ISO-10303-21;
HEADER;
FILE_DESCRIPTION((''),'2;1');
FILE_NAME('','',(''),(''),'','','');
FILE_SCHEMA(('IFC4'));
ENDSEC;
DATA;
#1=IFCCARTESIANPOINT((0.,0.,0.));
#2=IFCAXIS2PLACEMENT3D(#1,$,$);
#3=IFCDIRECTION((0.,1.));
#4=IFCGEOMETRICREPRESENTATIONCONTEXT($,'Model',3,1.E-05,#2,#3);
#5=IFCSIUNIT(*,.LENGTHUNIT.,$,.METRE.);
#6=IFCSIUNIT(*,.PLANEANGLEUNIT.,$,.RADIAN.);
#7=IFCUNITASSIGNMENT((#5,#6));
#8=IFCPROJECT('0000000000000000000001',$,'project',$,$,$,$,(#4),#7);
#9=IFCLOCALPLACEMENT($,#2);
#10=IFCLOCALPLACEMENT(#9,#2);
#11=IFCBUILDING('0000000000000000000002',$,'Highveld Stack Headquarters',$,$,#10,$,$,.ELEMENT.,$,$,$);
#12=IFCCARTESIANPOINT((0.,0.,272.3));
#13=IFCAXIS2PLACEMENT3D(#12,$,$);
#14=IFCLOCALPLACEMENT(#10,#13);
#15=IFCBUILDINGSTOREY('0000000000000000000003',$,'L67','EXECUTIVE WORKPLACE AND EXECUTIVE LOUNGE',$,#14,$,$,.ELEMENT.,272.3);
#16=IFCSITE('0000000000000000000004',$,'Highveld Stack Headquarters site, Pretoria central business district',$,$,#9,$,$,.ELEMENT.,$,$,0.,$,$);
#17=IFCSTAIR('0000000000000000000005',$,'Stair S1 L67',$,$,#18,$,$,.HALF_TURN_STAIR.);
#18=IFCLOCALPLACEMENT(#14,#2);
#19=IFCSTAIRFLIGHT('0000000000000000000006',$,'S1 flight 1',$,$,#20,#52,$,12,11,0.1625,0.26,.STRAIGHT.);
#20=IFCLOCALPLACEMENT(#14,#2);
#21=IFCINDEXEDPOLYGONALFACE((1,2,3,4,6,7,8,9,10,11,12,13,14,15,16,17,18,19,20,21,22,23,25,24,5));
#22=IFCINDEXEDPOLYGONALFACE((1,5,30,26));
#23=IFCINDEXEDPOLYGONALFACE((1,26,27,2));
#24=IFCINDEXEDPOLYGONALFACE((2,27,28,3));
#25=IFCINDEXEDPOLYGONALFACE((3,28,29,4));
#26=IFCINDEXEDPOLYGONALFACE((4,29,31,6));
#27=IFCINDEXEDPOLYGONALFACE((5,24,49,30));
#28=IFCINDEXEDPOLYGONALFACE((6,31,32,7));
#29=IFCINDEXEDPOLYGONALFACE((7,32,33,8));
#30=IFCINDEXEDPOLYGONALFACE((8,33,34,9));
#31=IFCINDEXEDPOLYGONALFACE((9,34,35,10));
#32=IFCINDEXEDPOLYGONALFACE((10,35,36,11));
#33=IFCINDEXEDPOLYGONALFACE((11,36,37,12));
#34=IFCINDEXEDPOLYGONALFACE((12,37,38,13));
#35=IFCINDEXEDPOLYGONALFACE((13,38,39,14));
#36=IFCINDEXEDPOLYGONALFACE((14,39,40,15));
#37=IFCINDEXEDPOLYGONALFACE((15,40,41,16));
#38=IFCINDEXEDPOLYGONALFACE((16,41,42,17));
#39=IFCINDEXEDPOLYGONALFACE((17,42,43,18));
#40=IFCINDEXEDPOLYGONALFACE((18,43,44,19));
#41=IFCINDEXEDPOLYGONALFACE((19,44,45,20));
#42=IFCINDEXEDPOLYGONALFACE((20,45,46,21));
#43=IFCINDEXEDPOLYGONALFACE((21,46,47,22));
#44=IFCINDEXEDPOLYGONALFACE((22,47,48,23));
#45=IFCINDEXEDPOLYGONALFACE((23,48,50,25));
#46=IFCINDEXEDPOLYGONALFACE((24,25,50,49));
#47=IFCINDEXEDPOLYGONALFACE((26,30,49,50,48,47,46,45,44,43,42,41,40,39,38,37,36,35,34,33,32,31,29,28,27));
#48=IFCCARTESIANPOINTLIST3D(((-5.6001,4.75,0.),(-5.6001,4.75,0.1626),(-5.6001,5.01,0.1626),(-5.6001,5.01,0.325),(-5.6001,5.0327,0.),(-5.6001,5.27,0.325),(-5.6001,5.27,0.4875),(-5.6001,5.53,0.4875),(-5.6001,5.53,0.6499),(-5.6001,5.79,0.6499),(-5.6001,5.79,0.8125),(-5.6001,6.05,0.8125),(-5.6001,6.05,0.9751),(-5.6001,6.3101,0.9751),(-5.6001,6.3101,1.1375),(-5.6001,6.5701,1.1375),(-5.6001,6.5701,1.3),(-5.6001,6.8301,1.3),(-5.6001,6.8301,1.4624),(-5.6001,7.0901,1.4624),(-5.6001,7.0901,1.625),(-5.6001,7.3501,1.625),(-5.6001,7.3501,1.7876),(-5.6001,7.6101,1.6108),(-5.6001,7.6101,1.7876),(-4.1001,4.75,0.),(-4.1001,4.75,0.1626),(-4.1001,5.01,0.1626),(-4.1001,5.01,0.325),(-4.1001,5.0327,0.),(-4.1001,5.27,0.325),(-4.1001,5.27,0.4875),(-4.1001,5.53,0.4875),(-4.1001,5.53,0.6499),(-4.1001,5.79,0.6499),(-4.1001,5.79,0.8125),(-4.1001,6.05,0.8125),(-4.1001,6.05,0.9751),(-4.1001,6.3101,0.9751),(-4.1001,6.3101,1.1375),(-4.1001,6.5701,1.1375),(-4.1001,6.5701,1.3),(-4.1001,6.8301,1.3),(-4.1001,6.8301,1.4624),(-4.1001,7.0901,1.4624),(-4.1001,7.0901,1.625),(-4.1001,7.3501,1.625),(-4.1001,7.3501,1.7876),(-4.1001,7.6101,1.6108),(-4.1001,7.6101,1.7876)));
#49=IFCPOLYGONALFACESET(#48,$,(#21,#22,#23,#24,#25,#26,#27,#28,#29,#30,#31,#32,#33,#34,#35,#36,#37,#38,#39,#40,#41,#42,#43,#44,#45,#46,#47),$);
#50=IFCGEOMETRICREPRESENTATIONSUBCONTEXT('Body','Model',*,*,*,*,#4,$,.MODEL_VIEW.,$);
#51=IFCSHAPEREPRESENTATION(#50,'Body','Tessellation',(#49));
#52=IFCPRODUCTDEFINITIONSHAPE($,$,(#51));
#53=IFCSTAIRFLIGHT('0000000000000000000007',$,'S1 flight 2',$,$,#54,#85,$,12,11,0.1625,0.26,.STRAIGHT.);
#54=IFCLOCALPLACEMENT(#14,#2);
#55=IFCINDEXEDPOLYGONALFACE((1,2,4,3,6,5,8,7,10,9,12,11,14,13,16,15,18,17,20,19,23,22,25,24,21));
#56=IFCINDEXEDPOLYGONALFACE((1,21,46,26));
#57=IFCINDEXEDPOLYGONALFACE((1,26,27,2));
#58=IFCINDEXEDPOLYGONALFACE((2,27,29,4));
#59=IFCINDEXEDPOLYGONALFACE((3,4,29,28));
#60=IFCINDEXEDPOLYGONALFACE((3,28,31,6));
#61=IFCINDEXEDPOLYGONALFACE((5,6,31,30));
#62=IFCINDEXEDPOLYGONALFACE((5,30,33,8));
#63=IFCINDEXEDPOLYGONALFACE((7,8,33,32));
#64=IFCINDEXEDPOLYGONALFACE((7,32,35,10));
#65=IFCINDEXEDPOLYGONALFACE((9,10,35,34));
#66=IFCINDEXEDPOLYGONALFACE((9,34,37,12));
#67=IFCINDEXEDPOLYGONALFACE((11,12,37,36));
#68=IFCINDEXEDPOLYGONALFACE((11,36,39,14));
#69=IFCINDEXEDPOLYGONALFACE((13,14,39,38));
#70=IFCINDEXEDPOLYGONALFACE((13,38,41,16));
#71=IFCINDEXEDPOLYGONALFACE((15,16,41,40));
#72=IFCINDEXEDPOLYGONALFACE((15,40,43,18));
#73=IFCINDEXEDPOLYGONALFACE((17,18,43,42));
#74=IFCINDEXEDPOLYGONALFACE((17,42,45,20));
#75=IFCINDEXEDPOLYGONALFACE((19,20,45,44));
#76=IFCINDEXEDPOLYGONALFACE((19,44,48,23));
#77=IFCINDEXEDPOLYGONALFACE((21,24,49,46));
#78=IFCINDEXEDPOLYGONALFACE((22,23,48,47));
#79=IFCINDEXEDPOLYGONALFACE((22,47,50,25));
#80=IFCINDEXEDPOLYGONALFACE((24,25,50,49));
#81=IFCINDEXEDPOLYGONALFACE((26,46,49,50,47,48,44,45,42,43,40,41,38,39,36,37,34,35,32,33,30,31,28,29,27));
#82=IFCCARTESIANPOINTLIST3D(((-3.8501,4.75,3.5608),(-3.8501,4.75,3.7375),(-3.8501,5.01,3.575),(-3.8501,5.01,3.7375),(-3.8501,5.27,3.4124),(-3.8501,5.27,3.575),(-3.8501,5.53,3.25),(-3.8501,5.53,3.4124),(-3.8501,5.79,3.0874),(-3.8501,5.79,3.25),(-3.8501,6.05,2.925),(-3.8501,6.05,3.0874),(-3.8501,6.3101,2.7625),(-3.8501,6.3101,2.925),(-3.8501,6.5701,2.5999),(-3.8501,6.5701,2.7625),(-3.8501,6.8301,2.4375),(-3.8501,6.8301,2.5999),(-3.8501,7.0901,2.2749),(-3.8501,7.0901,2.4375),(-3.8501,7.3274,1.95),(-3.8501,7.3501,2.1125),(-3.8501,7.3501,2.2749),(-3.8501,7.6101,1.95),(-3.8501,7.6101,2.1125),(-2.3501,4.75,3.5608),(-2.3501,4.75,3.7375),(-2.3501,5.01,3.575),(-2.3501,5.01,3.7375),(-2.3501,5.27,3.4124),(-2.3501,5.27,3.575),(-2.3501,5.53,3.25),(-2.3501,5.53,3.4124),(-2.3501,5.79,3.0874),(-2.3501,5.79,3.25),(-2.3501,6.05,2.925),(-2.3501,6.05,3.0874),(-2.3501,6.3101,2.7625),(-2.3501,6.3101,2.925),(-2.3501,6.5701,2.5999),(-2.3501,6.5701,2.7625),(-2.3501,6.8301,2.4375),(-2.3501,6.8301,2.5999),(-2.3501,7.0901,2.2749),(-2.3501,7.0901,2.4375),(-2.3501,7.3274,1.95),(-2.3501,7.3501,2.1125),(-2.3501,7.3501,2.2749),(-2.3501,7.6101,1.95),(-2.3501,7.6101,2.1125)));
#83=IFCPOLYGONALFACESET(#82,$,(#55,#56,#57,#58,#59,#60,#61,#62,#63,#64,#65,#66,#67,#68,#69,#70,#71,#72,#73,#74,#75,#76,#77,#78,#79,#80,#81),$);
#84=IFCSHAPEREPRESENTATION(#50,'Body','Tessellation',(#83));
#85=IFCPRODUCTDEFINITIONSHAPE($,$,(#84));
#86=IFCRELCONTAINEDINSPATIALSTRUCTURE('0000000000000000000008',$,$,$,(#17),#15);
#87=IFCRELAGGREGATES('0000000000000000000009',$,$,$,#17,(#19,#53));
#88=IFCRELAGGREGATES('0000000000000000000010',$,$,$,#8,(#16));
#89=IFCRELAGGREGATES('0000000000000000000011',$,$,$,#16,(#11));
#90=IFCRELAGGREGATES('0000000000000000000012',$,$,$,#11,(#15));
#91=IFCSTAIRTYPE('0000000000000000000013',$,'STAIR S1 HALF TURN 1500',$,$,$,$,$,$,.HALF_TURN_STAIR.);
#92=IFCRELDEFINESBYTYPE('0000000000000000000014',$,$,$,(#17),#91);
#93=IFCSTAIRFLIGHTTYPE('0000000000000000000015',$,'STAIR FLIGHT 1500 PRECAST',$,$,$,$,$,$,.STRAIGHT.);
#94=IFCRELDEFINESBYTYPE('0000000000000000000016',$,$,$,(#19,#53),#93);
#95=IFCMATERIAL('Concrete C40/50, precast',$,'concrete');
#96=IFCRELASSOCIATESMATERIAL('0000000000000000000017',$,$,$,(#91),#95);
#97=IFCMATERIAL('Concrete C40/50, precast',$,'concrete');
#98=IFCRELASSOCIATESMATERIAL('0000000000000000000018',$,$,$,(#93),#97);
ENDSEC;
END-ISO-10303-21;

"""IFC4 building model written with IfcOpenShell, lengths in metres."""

from ifc_helpers import new_model, si_unit, direction, frame, origin, place, context, subcontext, project, spatial, polyline, outline, extrude, material, type_object, element, aggregate, save


model = new_model("IFC4")

# Units and contexts
model_context = context("Model", 3, precision=1e-05, world=origin(), true_north=direction((0.0, 1.0)))
body_context = subcontext(model_context, "Body", "Model", "MODEL_VIEW")
ifc_project = project(units=[si_unit("LENGTHUNIT", "METRE"), si_unit("PLANEANGLEUNIT", "RADIAN")], contexts=[model_context])

# Site, building, storey
site_placement = place(None, origin())
site = spatial("IfcSite", under=ifc_project, at=site_placement, Name="Highveld Stack Headquarters site, Pretoria central business district", CompositionType="ELEMENT", RefElevation=0.0)
building_placement = place(site_placement, origin())
building = spatial("IfcBuilding", under=site, at=building_placement, Name="Highveld Stack Headquarters", CompositionType="ELEMENT")
storey_placement = place(building_placement, frame((0.0, 0.0, 272.3)))
storey = spatial("IfcBuildingStorey", under=building, at=storey_placement, Name="L67", Description="EXECUTIVE WORKPLACE AND EXECUTIVE LOUNGE", CompositionType="ELEMENT", Elevation=272.3)

# Stair, stair flights
ifc_material_1 = material(Name="Concrete C40/50, precast", Category="concrete")
stair_type = type_object("IfcStairType", Name="STAIR S1 HALF TURN 1500", PredefinedType="HALF_TURN_STAIR", material=ifc_material_1)
stair_placement = place(storey_placement, origin())
stair = element("IfcStair", 1, at=stair_placement, inside=storey, type_object=stair_type, Name="Stair S1 L67", PredefinedType="HALF_TURN_STAIR")
ifc_material_2 = material(Name="Concrete C40/50, precast", Category="concrete")
stair_flight_type = type_object("IfcStairFlightType", Name="STAIR FLIGHT 1500 PRECAST", PredefinedType="STRAIGHT", material=ifc_material_2)
stair_flight_1_placement = place(storey_placement, frame((-4.8501, 4.75, 0.0), z_axis=(0.0, 0.0, 1.0), x_axis=(0.0, 1.0, 0.0)))
stair_flight_1 = element("IfcStairFlight", 2, at=stair_flight_1_placement, type_object=stair_flight_type, Name="S1 flight 1", NumberOfRisers=12, NumberOfTreads=11, PredefinedType="STRAIGHT", RiserHeight=0.1625, TreadLength=0.26, context=body_context, shape_type="SweptSolid", body=[
    extrude(outline(polyline([(0.0, 0.0), (0.0, 0.1626), (0.26, 0.1626), (0.26, 0.325), (0.52, 0.325), (0.52, 0.4875), (0.78, 0.4875), (0.78, 0.6499), (1.04, 0.6499), (1.04, 0.8125), (1.3, 0.8125), (1.3, 0.9751), (1.5601, 0.9751), (1.5601, 1.1375), (1.8201, 1.1375), (1.8201, 1.3), (2.0801, 1.3), (2.0801, 1.4624), (2.3401, 1.4624), (2.3401, 1.625), (2.6001, 1.625), (2.6001, 1.7876), (2.8601, 1.7876), (2.8601, 1.95), (2.8601, 1.6108), (0.2827, 0.0), (0.0, 0.0)])), frame((0.0, 0.75, 0.0), z_axis=(0.0, -1.0, 0.0), x_axis=(1.0, 0.0, 0.0)), (0.0, 0.0, 1.0), 1.5),
])
stair_flight_2_placement = place(storey_placement, frame((-3.1001, 7.6101, 1.95), z_axis=(0.0, 0.0, 1.0), x_axis=(0.0, -1.0, 0.0)))
stair_flight_2 = element("IfcStairFlight", 3, at=stair_flight_2_placement, type_object=stair_flight_type, Name="S1 flight 2", NumberOfRisers=12, NumberOfTreads=11, PredefinedType="STRAIGHT", RiserHeight=0.1625, TreadLength=0.26, context=body_context, shape_type="SweptSolid", body=[
    extrude(outline(polyline([(0.0, 0.0), (0.0, 0.1626), (0.26, 0.1626), (0.26, 0.325), (0.52, 0.325), (0.52, 0.4875), (0.78, 0.4875), (0.78, 0.6499), (1.04, 0.6499), (1.04, 0.8125), (1.3, 0.8125), (1.3, 0.9751), (1.5601, 0.9751), (1.5601, 1.1375), (1.8201, 1.1375), (1.8201, 1.3), (2.0801, 1.3), (2.0801, 1.4624), (2.3401, 1.4624), (2.3401, 1.625), (2.6001, 1.625), (2.6001, 1.7876), (2.8601, 1.7876), (2.8601, 1.95), (2.8601, 1.6108), (0.2827, 0.0), (0.0, 0.0)])), frame((0.0, 0.75, 0.0), z_axis=(0.0, -1.0, 0.0), x_axis=(1.0, 0.0, 0.0)), (0.0, 0.0, 1.0), 1.5),
])
aggregate(stair, [stair_flight_1, stair_flight_2])

save(model, "model.ifc")
